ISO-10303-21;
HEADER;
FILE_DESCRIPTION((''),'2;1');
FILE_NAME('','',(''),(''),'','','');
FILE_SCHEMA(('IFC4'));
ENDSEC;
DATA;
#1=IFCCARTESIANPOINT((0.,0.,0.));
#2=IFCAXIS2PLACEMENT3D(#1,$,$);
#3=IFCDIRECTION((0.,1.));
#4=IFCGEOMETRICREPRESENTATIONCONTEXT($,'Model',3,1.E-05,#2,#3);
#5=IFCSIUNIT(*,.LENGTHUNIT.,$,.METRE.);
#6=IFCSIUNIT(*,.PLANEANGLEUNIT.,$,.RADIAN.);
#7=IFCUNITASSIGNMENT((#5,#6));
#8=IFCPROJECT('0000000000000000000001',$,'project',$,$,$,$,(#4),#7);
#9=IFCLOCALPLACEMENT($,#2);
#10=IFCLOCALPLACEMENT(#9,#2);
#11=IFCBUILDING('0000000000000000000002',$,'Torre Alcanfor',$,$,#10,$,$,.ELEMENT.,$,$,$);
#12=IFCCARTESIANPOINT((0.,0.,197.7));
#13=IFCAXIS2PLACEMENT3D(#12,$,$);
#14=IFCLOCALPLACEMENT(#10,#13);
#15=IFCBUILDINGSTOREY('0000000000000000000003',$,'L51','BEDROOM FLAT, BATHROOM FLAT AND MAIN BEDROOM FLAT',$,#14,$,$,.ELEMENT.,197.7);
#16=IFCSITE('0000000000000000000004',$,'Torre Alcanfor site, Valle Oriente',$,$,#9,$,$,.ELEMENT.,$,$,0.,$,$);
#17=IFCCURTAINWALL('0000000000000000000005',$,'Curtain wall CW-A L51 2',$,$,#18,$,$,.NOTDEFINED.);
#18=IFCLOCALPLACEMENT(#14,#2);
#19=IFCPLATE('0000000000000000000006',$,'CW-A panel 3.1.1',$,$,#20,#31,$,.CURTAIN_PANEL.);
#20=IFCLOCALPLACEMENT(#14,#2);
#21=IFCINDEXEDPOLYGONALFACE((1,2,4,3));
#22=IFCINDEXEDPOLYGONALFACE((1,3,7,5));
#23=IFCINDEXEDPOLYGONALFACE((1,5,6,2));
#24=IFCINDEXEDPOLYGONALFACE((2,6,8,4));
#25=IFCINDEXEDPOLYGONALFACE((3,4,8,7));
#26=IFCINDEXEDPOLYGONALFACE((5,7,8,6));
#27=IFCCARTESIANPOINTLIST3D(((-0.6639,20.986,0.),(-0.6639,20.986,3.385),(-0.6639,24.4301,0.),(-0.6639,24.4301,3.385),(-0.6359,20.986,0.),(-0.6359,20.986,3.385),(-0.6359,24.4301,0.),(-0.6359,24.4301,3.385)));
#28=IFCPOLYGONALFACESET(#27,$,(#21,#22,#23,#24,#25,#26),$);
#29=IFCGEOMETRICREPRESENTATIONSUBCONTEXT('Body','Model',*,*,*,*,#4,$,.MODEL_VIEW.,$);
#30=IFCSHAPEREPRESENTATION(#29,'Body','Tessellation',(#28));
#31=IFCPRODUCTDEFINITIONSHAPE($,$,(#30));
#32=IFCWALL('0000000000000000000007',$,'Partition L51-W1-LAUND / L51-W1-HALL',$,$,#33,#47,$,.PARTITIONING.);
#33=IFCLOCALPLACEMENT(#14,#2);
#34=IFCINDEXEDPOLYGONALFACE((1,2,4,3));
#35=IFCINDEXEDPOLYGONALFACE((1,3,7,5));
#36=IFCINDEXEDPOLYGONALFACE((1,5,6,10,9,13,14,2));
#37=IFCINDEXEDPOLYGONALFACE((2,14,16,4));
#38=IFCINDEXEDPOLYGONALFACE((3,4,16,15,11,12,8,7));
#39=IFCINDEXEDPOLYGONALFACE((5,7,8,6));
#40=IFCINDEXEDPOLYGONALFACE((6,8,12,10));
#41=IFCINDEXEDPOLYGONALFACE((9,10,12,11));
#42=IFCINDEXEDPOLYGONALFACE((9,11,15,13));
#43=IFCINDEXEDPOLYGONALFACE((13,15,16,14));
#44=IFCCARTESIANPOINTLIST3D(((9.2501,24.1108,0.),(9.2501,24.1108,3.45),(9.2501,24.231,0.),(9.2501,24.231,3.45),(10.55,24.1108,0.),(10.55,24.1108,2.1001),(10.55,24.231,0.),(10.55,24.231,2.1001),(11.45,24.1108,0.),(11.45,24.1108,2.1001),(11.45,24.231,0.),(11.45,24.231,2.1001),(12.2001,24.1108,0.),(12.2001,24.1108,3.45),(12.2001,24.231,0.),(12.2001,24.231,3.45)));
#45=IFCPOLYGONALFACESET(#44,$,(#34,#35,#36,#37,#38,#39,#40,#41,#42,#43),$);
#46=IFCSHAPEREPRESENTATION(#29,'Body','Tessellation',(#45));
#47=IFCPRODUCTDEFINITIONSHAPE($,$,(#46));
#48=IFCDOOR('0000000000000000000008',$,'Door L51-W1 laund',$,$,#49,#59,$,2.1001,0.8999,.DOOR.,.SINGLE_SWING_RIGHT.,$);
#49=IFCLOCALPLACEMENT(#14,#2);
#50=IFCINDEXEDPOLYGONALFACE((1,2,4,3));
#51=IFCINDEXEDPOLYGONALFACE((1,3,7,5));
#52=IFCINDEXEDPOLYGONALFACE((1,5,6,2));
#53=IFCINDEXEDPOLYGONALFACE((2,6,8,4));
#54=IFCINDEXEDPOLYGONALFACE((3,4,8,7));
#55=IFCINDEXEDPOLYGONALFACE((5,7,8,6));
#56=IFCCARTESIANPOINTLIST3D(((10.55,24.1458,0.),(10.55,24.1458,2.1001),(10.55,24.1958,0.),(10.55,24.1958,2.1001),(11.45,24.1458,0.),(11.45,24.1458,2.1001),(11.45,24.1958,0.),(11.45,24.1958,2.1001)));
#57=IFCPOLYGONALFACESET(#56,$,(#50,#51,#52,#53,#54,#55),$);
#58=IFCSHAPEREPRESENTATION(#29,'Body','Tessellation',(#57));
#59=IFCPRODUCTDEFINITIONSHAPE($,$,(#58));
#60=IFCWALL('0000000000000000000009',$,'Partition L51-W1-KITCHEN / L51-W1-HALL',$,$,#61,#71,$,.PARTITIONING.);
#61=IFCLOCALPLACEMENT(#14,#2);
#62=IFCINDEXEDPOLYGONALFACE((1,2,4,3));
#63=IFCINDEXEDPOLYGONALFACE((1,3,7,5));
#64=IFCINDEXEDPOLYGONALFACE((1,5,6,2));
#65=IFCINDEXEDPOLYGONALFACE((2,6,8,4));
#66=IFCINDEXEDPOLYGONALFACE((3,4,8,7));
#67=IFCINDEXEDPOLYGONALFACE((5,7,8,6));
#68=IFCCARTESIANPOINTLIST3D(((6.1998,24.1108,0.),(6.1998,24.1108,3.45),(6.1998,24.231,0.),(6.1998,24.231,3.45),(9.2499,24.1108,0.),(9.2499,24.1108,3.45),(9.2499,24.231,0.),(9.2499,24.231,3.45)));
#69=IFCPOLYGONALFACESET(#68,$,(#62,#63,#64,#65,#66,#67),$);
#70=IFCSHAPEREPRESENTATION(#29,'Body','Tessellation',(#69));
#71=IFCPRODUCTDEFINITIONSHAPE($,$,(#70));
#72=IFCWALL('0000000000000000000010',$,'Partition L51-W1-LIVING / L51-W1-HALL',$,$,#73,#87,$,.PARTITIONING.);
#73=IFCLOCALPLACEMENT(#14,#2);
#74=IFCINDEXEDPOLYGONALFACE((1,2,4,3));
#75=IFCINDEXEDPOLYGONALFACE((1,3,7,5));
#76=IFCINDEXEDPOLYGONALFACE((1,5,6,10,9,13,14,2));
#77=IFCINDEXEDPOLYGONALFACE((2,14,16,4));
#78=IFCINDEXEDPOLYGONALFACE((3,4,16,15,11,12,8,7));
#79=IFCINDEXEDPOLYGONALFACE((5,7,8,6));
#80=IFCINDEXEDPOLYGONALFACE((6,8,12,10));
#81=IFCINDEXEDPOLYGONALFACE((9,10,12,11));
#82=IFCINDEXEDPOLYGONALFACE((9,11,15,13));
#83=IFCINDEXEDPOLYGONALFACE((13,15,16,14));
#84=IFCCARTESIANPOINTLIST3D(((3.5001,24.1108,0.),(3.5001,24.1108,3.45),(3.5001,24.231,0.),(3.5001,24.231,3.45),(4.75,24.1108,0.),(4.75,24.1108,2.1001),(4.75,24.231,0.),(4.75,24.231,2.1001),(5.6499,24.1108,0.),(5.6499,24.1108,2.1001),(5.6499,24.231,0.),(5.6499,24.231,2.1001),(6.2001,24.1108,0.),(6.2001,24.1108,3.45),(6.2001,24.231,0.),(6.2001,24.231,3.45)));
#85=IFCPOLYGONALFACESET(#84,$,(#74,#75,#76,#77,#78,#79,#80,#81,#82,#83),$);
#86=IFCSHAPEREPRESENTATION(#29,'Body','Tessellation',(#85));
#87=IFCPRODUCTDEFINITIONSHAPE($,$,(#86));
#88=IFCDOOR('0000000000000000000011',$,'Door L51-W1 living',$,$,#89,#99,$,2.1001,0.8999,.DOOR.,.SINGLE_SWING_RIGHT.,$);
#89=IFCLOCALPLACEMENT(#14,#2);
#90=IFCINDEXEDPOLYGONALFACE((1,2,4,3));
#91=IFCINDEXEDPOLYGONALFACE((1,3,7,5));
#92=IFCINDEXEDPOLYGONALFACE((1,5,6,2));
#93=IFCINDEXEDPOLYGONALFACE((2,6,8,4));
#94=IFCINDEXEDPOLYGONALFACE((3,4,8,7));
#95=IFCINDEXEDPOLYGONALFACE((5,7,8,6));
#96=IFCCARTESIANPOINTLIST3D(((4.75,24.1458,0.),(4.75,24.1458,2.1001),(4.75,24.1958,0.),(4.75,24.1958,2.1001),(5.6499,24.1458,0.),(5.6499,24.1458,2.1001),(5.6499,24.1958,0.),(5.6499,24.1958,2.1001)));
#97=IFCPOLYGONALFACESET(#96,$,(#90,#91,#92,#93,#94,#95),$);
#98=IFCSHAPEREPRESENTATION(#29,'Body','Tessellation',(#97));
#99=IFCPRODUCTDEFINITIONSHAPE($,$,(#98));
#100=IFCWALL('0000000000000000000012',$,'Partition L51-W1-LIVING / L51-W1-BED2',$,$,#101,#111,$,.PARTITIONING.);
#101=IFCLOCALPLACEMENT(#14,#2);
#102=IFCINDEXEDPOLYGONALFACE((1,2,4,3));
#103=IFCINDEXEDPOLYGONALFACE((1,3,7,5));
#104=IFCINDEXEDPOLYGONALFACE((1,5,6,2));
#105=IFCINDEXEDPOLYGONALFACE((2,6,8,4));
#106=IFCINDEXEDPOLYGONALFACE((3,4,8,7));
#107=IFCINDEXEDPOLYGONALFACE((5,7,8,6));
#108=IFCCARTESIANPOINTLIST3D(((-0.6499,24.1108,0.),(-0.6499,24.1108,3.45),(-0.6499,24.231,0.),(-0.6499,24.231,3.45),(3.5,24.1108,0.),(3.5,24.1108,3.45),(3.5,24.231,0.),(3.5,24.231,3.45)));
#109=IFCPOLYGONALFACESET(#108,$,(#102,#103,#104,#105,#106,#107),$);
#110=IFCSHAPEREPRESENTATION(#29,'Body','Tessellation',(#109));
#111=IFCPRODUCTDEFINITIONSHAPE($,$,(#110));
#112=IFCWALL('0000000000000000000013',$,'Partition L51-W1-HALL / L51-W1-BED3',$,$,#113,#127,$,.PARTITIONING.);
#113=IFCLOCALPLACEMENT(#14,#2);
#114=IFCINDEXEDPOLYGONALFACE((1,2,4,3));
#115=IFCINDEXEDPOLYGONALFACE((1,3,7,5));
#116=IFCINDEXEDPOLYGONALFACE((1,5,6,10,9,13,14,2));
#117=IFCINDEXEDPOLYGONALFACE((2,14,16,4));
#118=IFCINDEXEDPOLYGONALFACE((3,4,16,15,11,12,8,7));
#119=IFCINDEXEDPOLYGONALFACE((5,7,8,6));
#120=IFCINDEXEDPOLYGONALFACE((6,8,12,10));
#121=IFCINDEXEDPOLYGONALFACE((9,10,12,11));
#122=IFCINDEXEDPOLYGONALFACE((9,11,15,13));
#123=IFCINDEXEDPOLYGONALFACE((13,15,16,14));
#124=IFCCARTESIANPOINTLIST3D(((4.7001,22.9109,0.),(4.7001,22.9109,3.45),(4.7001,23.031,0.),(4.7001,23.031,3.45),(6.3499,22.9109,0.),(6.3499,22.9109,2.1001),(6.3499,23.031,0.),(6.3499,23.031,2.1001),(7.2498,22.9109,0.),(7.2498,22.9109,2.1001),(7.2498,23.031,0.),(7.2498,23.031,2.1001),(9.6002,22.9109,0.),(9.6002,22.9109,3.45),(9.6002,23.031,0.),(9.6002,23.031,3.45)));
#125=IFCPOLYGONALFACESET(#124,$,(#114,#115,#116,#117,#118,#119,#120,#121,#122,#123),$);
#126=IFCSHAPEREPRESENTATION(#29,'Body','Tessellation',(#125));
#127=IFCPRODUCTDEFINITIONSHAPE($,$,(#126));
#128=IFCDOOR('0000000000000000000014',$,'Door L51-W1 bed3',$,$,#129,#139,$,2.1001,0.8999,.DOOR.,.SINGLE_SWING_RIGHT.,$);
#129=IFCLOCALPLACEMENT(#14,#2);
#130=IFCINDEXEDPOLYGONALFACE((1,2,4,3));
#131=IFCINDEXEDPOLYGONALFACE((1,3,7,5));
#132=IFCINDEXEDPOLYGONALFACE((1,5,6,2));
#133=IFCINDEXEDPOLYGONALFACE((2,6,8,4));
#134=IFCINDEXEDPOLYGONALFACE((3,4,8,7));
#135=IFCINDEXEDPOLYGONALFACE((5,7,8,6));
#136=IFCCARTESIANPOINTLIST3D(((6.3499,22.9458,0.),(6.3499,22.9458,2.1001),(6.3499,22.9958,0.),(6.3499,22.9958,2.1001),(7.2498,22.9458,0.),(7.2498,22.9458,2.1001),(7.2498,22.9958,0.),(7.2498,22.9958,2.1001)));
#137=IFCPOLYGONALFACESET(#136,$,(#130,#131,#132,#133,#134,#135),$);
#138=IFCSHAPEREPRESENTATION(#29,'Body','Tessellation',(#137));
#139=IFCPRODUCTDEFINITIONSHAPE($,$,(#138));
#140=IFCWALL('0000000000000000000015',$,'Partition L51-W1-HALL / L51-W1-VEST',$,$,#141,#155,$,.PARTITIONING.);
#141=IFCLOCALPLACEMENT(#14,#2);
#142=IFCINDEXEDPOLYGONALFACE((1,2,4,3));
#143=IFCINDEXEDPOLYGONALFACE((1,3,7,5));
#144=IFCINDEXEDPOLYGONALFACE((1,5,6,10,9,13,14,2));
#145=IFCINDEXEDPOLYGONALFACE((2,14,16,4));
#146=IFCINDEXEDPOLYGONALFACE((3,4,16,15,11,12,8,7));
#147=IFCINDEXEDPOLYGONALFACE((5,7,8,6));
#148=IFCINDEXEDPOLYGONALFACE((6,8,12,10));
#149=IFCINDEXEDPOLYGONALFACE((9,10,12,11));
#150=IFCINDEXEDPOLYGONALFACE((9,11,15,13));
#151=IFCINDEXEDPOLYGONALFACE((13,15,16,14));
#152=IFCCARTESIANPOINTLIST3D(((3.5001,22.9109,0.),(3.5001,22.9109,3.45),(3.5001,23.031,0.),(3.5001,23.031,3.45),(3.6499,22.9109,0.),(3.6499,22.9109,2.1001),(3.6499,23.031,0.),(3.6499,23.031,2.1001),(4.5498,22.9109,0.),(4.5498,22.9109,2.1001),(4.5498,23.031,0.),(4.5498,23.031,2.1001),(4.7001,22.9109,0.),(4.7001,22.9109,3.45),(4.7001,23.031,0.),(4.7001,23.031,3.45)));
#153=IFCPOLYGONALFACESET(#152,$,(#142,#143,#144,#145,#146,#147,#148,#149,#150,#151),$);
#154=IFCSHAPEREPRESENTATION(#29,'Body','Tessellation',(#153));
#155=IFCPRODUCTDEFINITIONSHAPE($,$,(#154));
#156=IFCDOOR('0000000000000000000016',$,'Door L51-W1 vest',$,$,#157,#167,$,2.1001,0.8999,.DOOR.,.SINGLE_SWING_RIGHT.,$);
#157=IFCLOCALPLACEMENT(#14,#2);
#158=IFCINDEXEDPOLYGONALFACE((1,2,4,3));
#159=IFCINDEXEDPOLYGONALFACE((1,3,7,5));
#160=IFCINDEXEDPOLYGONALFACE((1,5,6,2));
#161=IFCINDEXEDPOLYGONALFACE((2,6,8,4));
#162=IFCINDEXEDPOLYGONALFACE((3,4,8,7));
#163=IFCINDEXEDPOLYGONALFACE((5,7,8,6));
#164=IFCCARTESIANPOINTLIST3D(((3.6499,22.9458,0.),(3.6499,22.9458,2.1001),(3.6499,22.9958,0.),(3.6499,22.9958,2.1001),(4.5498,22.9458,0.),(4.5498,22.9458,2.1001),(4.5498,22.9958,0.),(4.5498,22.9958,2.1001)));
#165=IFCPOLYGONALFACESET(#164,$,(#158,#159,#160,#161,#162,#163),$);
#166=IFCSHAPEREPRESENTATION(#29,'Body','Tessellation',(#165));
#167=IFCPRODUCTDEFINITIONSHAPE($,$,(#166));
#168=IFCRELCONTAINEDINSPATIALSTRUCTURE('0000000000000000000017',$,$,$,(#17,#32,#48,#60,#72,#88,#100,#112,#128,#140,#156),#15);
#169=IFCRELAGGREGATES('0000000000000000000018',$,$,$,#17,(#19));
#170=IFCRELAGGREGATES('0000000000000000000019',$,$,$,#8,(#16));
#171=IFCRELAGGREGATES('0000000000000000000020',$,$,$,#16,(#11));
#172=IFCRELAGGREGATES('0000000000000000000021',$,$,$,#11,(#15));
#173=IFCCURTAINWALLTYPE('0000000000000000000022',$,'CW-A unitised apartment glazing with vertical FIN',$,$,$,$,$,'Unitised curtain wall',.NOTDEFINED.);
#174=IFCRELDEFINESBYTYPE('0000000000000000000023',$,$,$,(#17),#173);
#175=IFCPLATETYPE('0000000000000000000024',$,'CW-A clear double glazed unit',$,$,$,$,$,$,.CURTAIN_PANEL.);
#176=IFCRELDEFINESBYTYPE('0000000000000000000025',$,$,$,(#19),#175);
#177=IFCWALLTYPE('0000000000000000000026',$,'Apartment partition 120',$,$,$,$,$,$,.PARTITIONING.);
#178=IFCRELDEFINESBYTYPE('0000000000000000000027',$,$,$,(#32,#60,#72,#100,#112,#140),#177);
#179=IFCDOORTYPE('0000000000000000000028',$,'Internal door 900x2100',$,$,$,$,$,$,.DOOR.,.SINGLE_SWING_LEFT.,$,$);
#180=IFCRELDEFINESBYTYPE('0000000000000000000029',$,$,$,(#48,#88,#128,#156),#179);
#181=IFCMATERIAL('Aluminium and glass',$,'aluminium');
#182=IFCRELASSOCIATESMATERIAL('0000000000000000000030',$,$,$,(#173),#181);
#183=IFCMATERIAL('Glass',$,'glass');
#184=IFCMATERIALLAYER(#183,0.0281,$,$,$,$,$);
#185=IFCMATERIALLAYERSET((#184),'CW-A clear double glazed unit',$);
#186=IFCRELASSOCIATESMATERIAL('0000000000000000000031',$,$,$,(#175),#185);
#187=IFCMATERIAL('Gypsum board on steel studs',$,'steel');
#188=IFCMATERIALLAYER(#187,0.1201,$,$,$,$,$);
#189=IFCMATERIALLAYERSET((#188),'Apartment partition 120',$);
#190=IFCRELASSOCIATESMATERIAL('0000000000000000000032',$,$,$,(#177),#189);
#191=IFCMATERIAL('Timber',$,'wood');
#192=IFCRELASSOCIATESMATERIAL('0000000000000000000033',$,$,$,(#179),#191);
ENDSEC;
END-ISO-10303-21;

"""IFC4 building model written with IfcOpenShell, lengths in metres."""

from ifc_helpers import new_model, si_unit, direction, frame, frame_2d, origin, origin_2d, place, context, subcontext, project, spatial, rectangle, extrude, material, layer, layer_set, type_object, element, fill, aggregate, save


model = new_model("IFC4")

# Units and contexts
model_context = context("Model", 3, precision=1e-05, world=origin(), true_north=direction((0.0, 1.0)))
body_context = subcontext(model_context, "Body", "Model", "MODEL_VIEW")
ifc_project = project(units=[si_unit("LENGTHUNIT", "METRE"), si_unit("PLANEANGLEUNIT", "RADIAN")], contexts=[model_context])

# Site, building, storey
site_placement = place(None, origin())
site = spatial("IfcSite", under=ifc_project, at=site_placement, Name="Torre Alcanfor site, Valle Oriente", CompositionType="ELEMENT", RefElevation=0.0)
building_placement = place(site_placement, origin())
building = spatial("IfcBuilding", under=site, at=building_placement, Name="Torre Alcanfor", CompositionType="ELEMENT")
storey_placement = place(building_placement, frame((0.0, 0.0, 197.7)))
storey = spatial("IfcBuildingStorey", under=building, at=storey_placement, Name="L51", Description="BEDROOM FLAT, BATHROOM FLAT AND MAIN BEDROOM FLAT", CompositionType="ELEMENT", Elevation=197.7)

# Curtain wall
ifc_material_1 = material(Name="Aluminium and glass", Category="aluminium")
curtain_wall_type = type_object("IfcCurtainWallType", Name="CW-A unitised apartment glazing with vertical FIN", ElementType="Unitised curtain wall", PredefinedType="NOTDEFINED", material=ifc_material_1)
curtain_wall_placement = place(storey_placement, origin())
curtain_wall = element("IfcCurtainWall", 1, at=curtain_wall_placement, inside=storey, type_object=curtain_wall_type, Name="Curtain wall CW-A L51 2", PredefinedType="NOTDEFINED")

# Plate
ifc_material_2 = material(Name="Glass", Category="glass")
ifc_layer_1 = layer(ifc_material_2, 0.0281)
ifc_layer_set_1 = layer_set([ifc_layer_1], Name="CW-A clear double glazed unit")
plate_type = type_object("IfcPlateType", Name="CW-A clear double glazed unit", PredefinedType="CURTAIN_PANEL", material=ifc_layer_set_1)
plate_placement = place(storey_placement, frame((-0.6499, 22.708, 0.0), z_axis=(0.0, 0.0, 1.0), x_axis=(0.0, -1.0, 0.0)))
plate = element("IfcPlate", 2, at=plate_placement, type_object=plate_type, Name="CW-A panel 3.1.1", PredefinedType="CURTAIN_PANEL", context=body_context, shape_type="SweptSolid", body=[
    extrude(rectangle(XDim=3.4441, YDim=0.0281, at=origin_2d()), origin(), (0.0, 0.0, 1.0), 3.385),
])
aggregate(curtain_wall, [plate])

# Wall, opening, door
ifc_material_3 = material(Name="Gypsum board on steel studs", Category="steel")
ifc_layer_2 = layer(ifc_material_3, 0.1201)
ifc_layer_set_2 = layer_set([ifc_layer_2], Name="Apartment partition 120")
wall_type_1 = type_object("IfcWallType", Name="Apartment partition 120", PredefinedType="PARTITIONING", material=ifc_layer_set_2)
wall_1_placement = place(storey_placement, frame((9.25, 24.1709, 0.0), z_axis=(0.0, 0.0, 1.0), x_axis=(1.0, 0.0, 0.0)))
wall_1 = element("IfcWall", 3, at=wall_1_placement, inside=storey, type_object=wall_type_1, Name="Partition L51-W1-LAUND / L51-W1-HALL", PredefinedType="PARTITIONING", context=body_context, shape_type="SweptSolid", body=[
    extrude(rectangle(XDim=2.95, YDim=0.1201, at=frame_2d((1.4751, 0.0))), origin(), (0.0, 0.0, 1.0), 3.45),
])
opening_1_placement = place(wall_1_placement, frame((1.3, 0.0, 0.0)))
opening_1 = element("IfcOpeningElement", 4, at=opening_1_placement, cuts=wall_1, PredefinedType="OPENING", context=body_context, shape_type="SweptSolid", body=[
    extrude(rectangle(XDim=0.8999, YDim=2.1001, at=frame_2d((0.45, 1.05))), frame((0.0, 0.0701, 0.0), z_axis=(0.0, -1.0, 0.0), x_axis=(1.0, 0.0, 0.0)), (0.0, 0.0, 1.0), 0.1401),
])
ifc_material_4 = material(Name="Timber", Category="wood")
door_type_1 = type_object("IfcDoorType", Name="Internal door 900x2100", OperationType="SINGLE_SWING_LEFT", PredefinedType="DOOR", material=ifc_material_4)
door_1_placement = place(opening_1_placement, origin())
door_1 = element("IfcDoor", 5, at=door_1_placement, inside=storey, type_object=door_type_1, Name="Door L51-W1 laund", OperationType="SINGLE_SWING_RIGHT", OverallHeight=2.1001, OverallWidth=0.8999, PredefinedType="DOOR", context=body_context, shape_type="SweptSolid", body=[
    extrude(rectangle(XDim=0.8999, YDim=2.1001, at=frame_2d((0.45, 1.05))), frame((0.0, 0.0249, 0.0), z_axis=(0.0, -1.0, 0.0), x_axis=(1.0, 0.0, 0.0)), (0.0, 0.0, 1.0), 0.05),
])
fill(opening_1, door_1)

# Wall
wall_2_placement = place(storey_placement, frame((6.2, 24.1709, 0.0), z_axis=(0.0, 0.0, 1.0), x_axis=(1.0, 0.0, 0.0)))
element("IfcWall", 6, at=wall_2_placement, inside=storey, type_object=wall_type_1, Name="Partition L51-W1-KITCHEN / L51-W1-HALL", PredefinedType="PARTITIONING", context=body_context, shape_type="SweptSolid", body=[
    extrude(rectangle(XDim=3.05, YDim=0.1201, at=frame_2d((1.5249, 0.0))), origin(), (0.0, 0.0, 1.0), 3.45),
])

# Wall, opening, door
wall_3_placement = place(storey_placement, frame((3.5, 24.1709, 0.0), z_axis=(0.0, 0.0, 1.0), x_axis=(1.0, 0.0, 0.0)))
wall_3 = element("IfcWall", 7, at=wall_3_placement, inside=storey, type_object=wall_type_1, Name="Partition L51-W1-LIVING / L51-W1-HALL", PredefinedType="PARTITIONING", context=body_context, shape_type="SweptSolid", body=[
    extrude(rectangle(XDim=2.7, YDim=0.1201, at=frame_2d((1.3501, 0.0))), origin(), (0.0, 0.0, 1.0), 3.45),
])
opening_2_placement = place(wall_3_placement, frame((1.25, 0.0, 0.0)))
opening_2 = element("IfcOpeningElement", 8, at=opening_2_placement, cuts=wall_3, PredefinedType="OPENING", context=body_context, shape_type="SweptSolid", body=[
    extrude(rectangle(XDim=0.8999, YDim=2.1001, at=frame_2d((0.45, 1.05))), frame((0.0, 0.0701, 0.0), z_axis=(0.0, -1.0, 0.0), x_axis=(1.0, 0.0, 0.0)), (0.0, 0.0, 1.0), 0.1401),
])
door_2_placement = place(opening_2_placement, origin())
door_2 = element("IfcDoor", 9, at=door_2_placement, inside=storey, type_object=door_type_1, Name="Door L51-W1 living", OperationType="SINGLE_SWING_RIGHT", OverallHeight=2.1001, OverallWidth=0.8999, PredefinedType="DOOR", context=body_context, shape_type="SweptSolid", body=[
    extrude(rectangle(XDim=0.8999, YDim=2.1001, at=frame_2d((0.45, 1.05))), frame((0.0, 0.0249, 0.0), z_axis=(0.0, -1.0, 0.0), x_axis=(1.0, 0.0, 0.0)), (0.0, 0.0, 1.0), 0.05),
])
fill(opening_2, door_2)

# Wall
wall_4_placement = place(storey_placement, frame((-0.6499, 24.1709, 0.0), z_axis=(0.0, 0.0, 1.0), x_axis=(1.0, 0.0, 0.0)))
element("IfcWall", 10, at=wall_4_placement, inside=storey, type_object=wall_type_1, Name="Partition L51-W1-LIVING / L51-W1-BED2", PredefinedType="PARTITIONING", context=body_context, shape_type="SweptSolid", body=[
    extrude(rectangle(XDim=4.1499, YDim=0.1201, at=frame_2d((2.075, 0.0))), origin(), (0.0, 0.0, 1.0), 3.45),
])

# Walls, openings, doors
wall_5_placement = place(storey_placement, frame((4.7, 22.9709, 0.0), z_axis=(0.0, 0.0, 1.0), x_axis=(1.0, 0.0, 0.0)))
wall_5 = element("IfcWall", 11, at=wall_5_placement, inside=storey, type_object=wall_type_1, Name="Partition L51-W1-HALL / L51-W1-BED3", PredefinedType="PARTITIONING", context=body_context, shape_type="SweptSolid", body=[
    extrude(rectangle(XDim=4.9001, YDim=0.1201, at=frame_2d((2.4502, 0.0))), origin(), (0.0, 0.0, 1.0), 3.45),
])
opening_3_placement = place(wall_5_placement, frame((1.6499, 0.0, 0.0)))
opening_3 = element("IfcOpeningElement", 12, at=opening_3_placement, cuts=wall_5, PredefinedType="OPENING", context=body_context, shape_type="SweptSolid", body=[
    extrude(rectangle(XDim=0.8999, YDim=2.1001, at=frame_2d((0.45, 1.05))), frame((0.0, 0.0701, 0.0), z_axis=(0.0, -1.0, 0.0), x_axis=(1.0, 0.0, 0.0)), (0.0, 0.0, 1.0), 0.1401),
])
door_3_placement = place(opening_3_placement, frame((0.8999, 0.0, 0.0), z_axis=(0.0, 0.0, 1.0), x_axis=(-1.0, 0.0, 0.0)))
door_3 = element("IfcDoor", 13, at=door_3_placement, inside=storey, type_object=door_type_1, Name="Door L51-W1 bed3", OperationType="SINGLE_SWING_RIGHT", OverallHeight=2.1001, OverallWidth=0.8999, PredefinedType="DOOR", context=body_context, shape_type="SweptSolid", body=[
    extrude(rectangle(XDim=0.8999, YDim=2.1001, at=frame_2d((0.45, 1.05))), frame((0.0, 0.0251, 0.0), z_axis=(0.0, -1.0, 0.0), x_axis=(1.0, 0.0, 0.0)), (0.0, 0.0, 1.0), 0.05),
])
fill(opening_3, door_3)
wall_6_placement = place(storey_placement, frame((3.5, 22.9709, 0.0), z_axis=(0.0, 0.0, 1.0), x_axis=(1.0, 0.0, 0.0)))
wall_6 = element("IfcWall", 14, at=wall_6_placement, inside=storey, type_object=wall_type_1, Name="Partition L51-W1-HALL / L51-W1-VEST", PredefinedType="PARTITIONING", context=body_context, shape_type="SweptSolid", body=[
    extrude(rectangle(XDim=1.2, YDim=0.1201, at=frame_2d((0.6001, 0.0))), origin(), (0.0, 0.0, 1.0), 3.45),
])
opening_4_placement = place(wall_6_placement, frame((0.1499, 0.0, 0.0)))
opening_4 = element("IfcOpeningElement", 15, at=opening_4_placement, cuts=wall_6, PredefinedType="OPENING", context=body_context, shape_type="SweptSolid", body=[
    extrude(rectangle(XDim=0.8999, YDim=2.1001, at=frame_2d((0.45, 1.05))), frame((0.0, 0.0701, 0.0), z_axis=(0.0, -1.0, 0.0), x_axis=(1.0, 0.0, 0.0)), (0.0, 0.0, 1.0), 0.1401),
])
door_4_placement = place(opening_4_placement, frame((0.8999, 0.0, 0.0), z_axis=(0.0, 0.0, 1.0), x_axis=(-1.0, 0.0, 0.0)))
door_4 = element("IfcDoor", 16, at=door_4_placement, inside=storey, type_object=door_type_1, Name="Door L51-W1 vest", OperationType="SINGLE_SWING_RIGHT", OverallHeight=2.1001, OverallWidth=0.8999, PredefinedType="DOOR", context=body_context, shape_type="SweptSolid", body=[
    extrude(rectangle(XDim=0.8999, YDim=2.1001, at=frame_2d((0.45, 1.05))), frame((0.0, 0.0251, 0.0), z_axis=(0.0, -1.0, 0.0), x_axis=(1.0, 0.0, 0.0)), (0.0, 0.0, 1.0), 0.05),
])
fill(opening_4, door_4)

save(model, "model.ifc")
